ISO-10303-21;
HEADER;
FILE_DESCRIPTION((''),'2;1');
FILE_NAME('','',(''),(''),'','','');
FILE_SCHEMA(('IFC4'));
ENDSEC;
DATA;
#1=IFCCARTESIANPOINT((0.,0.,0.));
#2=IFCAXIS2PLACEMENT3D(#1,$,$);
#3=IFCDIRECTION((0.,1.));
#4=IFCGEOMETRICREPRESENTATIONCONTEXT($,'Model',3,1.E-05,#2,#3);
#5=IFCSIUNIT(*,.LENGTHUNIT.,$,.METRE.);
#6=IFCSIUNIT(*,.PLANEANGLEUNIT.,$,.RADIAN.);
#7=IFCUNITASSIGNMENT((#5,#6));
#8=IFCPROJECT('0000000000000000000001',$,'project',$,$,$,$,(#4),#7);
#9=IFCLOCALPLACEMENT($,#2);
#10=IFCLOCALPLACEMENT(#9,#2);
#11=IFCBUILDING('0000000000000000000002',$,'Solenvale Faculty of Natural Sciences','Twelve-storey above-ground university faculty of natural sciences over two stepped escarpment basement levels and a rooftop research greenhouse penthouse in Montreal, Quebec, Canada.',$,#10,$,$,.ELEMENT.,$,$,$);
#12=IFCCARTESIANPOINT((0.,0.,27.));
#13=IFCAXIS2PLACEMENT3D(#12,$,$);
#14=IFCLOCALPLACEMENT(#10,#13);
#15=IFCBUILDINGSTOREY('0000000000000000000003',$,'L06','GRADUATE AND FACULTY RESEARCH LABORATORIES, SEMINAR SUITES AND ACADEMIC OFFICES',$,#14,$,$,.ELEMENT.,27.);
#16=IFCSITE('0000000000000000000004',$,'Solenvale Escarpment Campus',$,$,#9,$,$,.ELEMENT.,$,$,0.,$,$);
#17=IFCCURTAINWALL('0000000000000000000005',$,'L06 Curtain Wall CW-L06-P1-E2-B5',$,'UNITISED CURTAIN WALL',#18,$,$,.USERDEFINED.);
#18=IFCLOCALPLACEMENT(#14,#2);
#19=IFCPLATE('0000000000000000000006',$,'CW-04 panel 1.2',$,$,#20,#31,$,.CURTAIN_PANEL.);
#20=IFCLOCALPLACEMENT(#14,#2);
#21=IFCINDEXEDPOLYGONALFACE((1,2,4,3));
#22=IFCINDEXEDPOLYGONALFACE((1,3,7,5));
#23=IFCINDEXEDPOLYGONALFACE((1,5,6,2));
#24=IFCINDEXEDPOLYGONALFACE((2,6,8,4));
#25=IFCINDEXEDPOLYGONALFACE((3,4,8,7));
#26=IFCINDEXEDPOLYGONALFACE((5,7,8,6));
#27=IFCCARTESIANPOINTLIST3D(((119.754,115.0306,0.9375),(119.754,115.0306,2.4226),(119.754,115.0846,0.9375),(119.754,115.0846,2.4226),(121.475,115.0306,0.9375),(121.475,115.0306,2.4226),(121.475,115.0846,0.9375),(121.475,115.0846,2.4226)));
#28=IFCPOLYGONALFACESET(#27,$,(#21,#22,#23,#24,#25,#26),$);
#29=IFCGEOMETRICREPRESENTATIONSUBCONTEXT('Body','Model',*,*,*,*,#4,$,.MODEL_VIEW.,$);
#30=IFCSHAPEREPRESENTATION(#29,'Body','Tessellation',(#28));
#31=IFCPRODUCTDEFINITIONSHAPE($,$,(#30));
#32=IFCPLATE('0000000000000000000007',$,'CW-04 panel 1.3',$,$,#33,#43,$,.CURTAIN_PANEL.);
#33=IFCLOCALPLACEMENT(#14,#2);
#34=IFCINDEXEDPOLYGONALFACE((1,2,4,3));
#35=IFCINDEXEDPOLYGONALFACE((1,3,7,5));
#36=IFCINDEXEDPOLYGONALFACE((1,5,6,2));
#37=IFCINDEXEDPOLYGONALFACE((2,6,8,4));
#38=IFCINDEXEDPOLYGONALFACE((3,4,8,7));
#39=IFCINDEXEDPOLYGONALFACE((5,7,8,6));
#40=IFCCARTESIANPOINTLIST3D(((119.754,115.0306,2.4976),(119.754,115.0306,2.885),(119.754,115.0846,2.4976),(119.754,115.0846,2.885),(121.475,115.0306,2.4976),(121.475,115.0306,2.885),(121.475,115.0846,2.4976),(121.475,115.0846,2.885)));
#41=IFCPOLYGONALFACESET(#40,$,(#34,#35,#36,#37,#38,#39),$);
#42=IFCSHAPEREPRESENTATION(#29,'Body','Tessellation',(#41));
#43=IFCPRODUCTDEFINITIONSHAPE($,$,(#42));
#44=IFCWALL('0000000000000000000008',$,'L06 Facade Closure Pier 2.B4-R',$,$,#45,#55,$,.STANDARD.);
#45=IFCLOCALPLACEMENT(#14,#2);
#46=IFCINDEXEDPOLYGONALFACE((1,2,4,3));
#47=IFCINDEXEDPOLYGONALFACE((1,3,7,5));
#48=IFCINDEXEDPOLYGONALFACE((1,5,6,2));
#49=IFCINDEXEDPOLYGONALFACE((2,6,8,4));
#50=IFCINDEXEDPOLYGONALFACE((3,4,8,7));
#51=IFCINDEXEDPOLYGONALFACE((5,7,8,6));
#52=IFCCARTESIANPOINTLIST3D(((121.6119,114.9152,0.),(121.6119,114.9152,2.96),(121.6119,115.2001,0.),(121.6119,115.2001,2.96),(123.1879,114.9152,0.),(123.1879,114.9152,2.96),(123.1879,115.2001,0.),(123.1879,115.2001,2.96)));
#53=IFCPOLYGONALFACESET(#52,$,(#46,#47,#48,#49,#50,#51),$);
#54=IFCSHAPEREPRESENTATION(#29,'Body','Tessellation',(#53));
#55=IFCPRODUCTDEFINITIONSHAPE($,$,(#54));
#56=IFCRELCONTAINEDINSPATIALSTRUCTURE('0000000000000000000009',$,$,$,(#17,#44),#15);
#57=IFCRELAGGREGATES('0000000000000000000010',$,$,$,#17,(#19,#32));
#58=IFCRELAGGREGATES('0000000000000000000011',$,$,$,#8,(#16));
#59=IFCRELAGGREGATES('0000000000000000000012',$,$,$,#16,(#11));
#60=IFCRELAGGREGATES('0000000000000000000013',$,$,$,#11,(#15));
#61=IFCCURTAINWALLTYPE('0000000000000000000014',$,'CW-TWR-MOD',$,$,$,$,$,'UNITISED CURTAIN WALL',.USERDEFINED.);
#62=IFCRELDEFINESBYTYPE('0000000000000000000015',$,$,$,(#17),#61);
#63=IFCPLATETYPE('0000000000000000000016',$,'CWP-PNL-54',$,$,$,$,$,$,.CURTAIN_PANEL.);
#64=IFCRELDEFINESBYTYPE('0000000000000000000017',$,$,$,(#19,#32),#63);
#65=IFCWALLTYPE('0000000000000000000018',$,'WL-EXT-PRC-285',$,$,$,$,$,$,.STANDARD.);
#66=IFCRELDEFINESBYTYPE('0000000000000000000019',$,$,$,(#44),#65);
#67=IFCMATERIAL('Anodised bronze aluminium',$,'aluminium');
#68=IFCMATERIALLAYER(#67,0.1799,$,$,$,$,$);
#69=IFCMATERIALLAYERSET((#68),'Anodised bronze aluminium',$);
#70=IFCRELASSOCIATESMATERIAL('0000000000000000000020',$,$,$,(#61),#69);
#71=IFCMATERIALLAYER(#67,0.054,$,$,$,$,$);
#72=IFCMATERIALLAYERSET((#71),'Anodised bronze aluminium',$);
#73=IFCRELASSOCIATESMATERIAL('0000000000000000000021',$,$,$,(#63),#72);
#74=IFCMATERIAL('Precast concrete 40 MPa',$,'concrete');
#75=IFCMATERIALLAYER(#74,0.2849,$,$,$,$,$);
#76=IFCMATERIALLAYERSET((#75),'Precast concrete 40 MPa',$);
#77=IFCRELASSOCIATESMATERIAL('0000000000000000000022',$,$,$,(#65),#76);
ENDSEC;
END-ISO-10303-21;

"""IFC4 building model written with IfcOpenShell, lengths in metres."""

from ifc_helpers import new_model, si_unit, direction, frame, frame_2d, origin, origin_2d, place, context, subcontext, project, spatial, rectangle, extrude, material, layer, layer_set, type_object, element, aggregate, save


model = new_model("IFC4")

# Units and contexts
model_context = context("Model", 3, precision=1e-05, world=origin(), true_north=direction((0.0, 1.0)))
body_context = subcontext(model_context, "Body", "Model", "MODEL_VIEW")
ifc_project = project(units=[si_unit("LENGTHUNIT", "METRE"), si_unit("PLANEANGLEUNIT", "RADIAN")], contexts=[model_context])

# Site, building, storey
site_placement = place(None, origin())
site = spatial("IfcSite", under=ifc_project, at=site_placement, Name="Solenvale Escarpment Campus", CompositionType="ELEMENT", RefElevation=0.0)
building_placement = place(site_placement, origin())
building = spatial("IfcBuilding", under=site, at=building_placement, Name="Solenvale Faculty of Natural Sciences", Description="Twelve-storey above-ground university faculty of natural sciences over two stepped escarpment basement levels and a rooftop research greenhouse penthouse in Montreal, Quebec, Canada.", CompositionType="ELEMENT")
storey_placement = place(building_placement, frame((0.0, 0.0, 27.0)))
storey = spatial("IfcBuildingStorey", under=building, at=storey_placement, Name="L06", Description="GRADUATE AND FACULTY RESEARCH LABORATORIES, SEMINAR SUITES AND ACADEMIC OFFICES", CompositionType="ELEMENT", Elevation=27.0)

# Shared definitions
ifc_material_1 = material(Name="Precast concrete 40 MPa", Category="concrete")

# Curtain wall
ifc_material_2 = material(Name="Anodised bronze aluminium", Category="aluminium")
ifc_layer_1 = layer(ifc_material_2, 0.1799)
ifc_layer_set_1 = layer_set([ifc_layer_1], Name="Anodised bronze aluminium")
curtain_wall_type = type_object("IfcCurtainWallType", Name="CW-TWR-MOD", ElementType="UNITISED CURTAIN WALL", PredefinedType="USERDEFINED", material=ifc_layer_set_1)
curtain_wall_1_placement = place(storey_placement, origin())
curtain_wall_1 = element("IfcCurtainWall", 1, at=curtain_wall_1_placement, inside=storey, type_object=curtain_wall_type, Name="L06 Curtain Wall CW-L06-P1-E2-B5", ObjectType="UNITISED CURTAIN WALL", PredefinedType="USERDEFINED")

# Plates
ifc_layer_2 = layer(ifc_material_2, 0.054)
ifc_layer_set_2 = layer_set([ifc_layer_2], Name="Anodised bronze aluminium")
plate_type_1 = type_object("IfcPlateType", Name="CWP-PNL-54", PredefinedType="CURTAIN_PANEL", material=ifc_layer_set_2)
plate_1_placement = place(storey_placement, frame((120.6145, 115.0576, 0.9375), z_axis=(0.0, 0.0, 1.0), x_axis=(-1.0, 0.0, 0.0)))
plate_1 = element("IfcPlate", 2, at=plate_1_placement, type_object=plate_type_1, Name="CW-04 panel 1.2", PredefinedType="CURTAIN_PANEL", context=body_context, shape_type="SweptSolid", body=[
    extrude(rectangle(XDim=1.7209, YDim=0.054, at=origin_2d()), origin(), (0.0, 0.0, 1.0), 1.4851),
])
plate_2_placement = place(storey_placement, frame((120.6145, 115.0576, 2.4976), z_axis=(0.0, 0.0, 1.0), x_axis=(-1.0, 0.0, 0.0)))
plate_2 = element("IfcPlate", 3, at=plate_2_placement, type_object=plate_type_1, Name="CW-04 panel 1.3", PredefinedType="CURTAIN_PANEL", context=body_context, shape_type="SweptSolid", body=[
    extrude(rectangle(XDim=1.7209, YDim=0.054, at=origin_2d()), origin(), (0.0, 0.0, 1.0), 0.3875),
])
aggregate(curtain_wall_1, [plate_1, plate_2])

# Wall
ifc_layer_3 = layer(ifc_material_1, 0.2849)
ifc_layer_set_3 = layer_set([ifc_layer_3], Name="Precast concrete 40 MPa")
wall_type = type_object("IfcWallType", Name="WL-EXT-PRC-285", PredefinedType="STANDARD", material=ifc_layer_set_3)
wall_placement = place(storey_placement, frame((123.188, 115.0576, 0.0), z_axis=(0.0, 0.0, 1.0), x_axis=(-1.0, 0.0, 0.0)))
element("IfcWall", 4, at=wall_placement, inside=storey, type_object=wall_type, Name="L06 Facade Closure Pier 2.B4-R", PredefinedType="STANDARD", context=body_context, shape_type="SweptSolid", body=[
    extrude(rectangle(XDim=1.5759, YDim=0.2849, at=frame_2d((0.7881, 0.0))), origin(), (0.0, 0.0, 1.0), 2.96),
])

save(model, "model.ifc")
